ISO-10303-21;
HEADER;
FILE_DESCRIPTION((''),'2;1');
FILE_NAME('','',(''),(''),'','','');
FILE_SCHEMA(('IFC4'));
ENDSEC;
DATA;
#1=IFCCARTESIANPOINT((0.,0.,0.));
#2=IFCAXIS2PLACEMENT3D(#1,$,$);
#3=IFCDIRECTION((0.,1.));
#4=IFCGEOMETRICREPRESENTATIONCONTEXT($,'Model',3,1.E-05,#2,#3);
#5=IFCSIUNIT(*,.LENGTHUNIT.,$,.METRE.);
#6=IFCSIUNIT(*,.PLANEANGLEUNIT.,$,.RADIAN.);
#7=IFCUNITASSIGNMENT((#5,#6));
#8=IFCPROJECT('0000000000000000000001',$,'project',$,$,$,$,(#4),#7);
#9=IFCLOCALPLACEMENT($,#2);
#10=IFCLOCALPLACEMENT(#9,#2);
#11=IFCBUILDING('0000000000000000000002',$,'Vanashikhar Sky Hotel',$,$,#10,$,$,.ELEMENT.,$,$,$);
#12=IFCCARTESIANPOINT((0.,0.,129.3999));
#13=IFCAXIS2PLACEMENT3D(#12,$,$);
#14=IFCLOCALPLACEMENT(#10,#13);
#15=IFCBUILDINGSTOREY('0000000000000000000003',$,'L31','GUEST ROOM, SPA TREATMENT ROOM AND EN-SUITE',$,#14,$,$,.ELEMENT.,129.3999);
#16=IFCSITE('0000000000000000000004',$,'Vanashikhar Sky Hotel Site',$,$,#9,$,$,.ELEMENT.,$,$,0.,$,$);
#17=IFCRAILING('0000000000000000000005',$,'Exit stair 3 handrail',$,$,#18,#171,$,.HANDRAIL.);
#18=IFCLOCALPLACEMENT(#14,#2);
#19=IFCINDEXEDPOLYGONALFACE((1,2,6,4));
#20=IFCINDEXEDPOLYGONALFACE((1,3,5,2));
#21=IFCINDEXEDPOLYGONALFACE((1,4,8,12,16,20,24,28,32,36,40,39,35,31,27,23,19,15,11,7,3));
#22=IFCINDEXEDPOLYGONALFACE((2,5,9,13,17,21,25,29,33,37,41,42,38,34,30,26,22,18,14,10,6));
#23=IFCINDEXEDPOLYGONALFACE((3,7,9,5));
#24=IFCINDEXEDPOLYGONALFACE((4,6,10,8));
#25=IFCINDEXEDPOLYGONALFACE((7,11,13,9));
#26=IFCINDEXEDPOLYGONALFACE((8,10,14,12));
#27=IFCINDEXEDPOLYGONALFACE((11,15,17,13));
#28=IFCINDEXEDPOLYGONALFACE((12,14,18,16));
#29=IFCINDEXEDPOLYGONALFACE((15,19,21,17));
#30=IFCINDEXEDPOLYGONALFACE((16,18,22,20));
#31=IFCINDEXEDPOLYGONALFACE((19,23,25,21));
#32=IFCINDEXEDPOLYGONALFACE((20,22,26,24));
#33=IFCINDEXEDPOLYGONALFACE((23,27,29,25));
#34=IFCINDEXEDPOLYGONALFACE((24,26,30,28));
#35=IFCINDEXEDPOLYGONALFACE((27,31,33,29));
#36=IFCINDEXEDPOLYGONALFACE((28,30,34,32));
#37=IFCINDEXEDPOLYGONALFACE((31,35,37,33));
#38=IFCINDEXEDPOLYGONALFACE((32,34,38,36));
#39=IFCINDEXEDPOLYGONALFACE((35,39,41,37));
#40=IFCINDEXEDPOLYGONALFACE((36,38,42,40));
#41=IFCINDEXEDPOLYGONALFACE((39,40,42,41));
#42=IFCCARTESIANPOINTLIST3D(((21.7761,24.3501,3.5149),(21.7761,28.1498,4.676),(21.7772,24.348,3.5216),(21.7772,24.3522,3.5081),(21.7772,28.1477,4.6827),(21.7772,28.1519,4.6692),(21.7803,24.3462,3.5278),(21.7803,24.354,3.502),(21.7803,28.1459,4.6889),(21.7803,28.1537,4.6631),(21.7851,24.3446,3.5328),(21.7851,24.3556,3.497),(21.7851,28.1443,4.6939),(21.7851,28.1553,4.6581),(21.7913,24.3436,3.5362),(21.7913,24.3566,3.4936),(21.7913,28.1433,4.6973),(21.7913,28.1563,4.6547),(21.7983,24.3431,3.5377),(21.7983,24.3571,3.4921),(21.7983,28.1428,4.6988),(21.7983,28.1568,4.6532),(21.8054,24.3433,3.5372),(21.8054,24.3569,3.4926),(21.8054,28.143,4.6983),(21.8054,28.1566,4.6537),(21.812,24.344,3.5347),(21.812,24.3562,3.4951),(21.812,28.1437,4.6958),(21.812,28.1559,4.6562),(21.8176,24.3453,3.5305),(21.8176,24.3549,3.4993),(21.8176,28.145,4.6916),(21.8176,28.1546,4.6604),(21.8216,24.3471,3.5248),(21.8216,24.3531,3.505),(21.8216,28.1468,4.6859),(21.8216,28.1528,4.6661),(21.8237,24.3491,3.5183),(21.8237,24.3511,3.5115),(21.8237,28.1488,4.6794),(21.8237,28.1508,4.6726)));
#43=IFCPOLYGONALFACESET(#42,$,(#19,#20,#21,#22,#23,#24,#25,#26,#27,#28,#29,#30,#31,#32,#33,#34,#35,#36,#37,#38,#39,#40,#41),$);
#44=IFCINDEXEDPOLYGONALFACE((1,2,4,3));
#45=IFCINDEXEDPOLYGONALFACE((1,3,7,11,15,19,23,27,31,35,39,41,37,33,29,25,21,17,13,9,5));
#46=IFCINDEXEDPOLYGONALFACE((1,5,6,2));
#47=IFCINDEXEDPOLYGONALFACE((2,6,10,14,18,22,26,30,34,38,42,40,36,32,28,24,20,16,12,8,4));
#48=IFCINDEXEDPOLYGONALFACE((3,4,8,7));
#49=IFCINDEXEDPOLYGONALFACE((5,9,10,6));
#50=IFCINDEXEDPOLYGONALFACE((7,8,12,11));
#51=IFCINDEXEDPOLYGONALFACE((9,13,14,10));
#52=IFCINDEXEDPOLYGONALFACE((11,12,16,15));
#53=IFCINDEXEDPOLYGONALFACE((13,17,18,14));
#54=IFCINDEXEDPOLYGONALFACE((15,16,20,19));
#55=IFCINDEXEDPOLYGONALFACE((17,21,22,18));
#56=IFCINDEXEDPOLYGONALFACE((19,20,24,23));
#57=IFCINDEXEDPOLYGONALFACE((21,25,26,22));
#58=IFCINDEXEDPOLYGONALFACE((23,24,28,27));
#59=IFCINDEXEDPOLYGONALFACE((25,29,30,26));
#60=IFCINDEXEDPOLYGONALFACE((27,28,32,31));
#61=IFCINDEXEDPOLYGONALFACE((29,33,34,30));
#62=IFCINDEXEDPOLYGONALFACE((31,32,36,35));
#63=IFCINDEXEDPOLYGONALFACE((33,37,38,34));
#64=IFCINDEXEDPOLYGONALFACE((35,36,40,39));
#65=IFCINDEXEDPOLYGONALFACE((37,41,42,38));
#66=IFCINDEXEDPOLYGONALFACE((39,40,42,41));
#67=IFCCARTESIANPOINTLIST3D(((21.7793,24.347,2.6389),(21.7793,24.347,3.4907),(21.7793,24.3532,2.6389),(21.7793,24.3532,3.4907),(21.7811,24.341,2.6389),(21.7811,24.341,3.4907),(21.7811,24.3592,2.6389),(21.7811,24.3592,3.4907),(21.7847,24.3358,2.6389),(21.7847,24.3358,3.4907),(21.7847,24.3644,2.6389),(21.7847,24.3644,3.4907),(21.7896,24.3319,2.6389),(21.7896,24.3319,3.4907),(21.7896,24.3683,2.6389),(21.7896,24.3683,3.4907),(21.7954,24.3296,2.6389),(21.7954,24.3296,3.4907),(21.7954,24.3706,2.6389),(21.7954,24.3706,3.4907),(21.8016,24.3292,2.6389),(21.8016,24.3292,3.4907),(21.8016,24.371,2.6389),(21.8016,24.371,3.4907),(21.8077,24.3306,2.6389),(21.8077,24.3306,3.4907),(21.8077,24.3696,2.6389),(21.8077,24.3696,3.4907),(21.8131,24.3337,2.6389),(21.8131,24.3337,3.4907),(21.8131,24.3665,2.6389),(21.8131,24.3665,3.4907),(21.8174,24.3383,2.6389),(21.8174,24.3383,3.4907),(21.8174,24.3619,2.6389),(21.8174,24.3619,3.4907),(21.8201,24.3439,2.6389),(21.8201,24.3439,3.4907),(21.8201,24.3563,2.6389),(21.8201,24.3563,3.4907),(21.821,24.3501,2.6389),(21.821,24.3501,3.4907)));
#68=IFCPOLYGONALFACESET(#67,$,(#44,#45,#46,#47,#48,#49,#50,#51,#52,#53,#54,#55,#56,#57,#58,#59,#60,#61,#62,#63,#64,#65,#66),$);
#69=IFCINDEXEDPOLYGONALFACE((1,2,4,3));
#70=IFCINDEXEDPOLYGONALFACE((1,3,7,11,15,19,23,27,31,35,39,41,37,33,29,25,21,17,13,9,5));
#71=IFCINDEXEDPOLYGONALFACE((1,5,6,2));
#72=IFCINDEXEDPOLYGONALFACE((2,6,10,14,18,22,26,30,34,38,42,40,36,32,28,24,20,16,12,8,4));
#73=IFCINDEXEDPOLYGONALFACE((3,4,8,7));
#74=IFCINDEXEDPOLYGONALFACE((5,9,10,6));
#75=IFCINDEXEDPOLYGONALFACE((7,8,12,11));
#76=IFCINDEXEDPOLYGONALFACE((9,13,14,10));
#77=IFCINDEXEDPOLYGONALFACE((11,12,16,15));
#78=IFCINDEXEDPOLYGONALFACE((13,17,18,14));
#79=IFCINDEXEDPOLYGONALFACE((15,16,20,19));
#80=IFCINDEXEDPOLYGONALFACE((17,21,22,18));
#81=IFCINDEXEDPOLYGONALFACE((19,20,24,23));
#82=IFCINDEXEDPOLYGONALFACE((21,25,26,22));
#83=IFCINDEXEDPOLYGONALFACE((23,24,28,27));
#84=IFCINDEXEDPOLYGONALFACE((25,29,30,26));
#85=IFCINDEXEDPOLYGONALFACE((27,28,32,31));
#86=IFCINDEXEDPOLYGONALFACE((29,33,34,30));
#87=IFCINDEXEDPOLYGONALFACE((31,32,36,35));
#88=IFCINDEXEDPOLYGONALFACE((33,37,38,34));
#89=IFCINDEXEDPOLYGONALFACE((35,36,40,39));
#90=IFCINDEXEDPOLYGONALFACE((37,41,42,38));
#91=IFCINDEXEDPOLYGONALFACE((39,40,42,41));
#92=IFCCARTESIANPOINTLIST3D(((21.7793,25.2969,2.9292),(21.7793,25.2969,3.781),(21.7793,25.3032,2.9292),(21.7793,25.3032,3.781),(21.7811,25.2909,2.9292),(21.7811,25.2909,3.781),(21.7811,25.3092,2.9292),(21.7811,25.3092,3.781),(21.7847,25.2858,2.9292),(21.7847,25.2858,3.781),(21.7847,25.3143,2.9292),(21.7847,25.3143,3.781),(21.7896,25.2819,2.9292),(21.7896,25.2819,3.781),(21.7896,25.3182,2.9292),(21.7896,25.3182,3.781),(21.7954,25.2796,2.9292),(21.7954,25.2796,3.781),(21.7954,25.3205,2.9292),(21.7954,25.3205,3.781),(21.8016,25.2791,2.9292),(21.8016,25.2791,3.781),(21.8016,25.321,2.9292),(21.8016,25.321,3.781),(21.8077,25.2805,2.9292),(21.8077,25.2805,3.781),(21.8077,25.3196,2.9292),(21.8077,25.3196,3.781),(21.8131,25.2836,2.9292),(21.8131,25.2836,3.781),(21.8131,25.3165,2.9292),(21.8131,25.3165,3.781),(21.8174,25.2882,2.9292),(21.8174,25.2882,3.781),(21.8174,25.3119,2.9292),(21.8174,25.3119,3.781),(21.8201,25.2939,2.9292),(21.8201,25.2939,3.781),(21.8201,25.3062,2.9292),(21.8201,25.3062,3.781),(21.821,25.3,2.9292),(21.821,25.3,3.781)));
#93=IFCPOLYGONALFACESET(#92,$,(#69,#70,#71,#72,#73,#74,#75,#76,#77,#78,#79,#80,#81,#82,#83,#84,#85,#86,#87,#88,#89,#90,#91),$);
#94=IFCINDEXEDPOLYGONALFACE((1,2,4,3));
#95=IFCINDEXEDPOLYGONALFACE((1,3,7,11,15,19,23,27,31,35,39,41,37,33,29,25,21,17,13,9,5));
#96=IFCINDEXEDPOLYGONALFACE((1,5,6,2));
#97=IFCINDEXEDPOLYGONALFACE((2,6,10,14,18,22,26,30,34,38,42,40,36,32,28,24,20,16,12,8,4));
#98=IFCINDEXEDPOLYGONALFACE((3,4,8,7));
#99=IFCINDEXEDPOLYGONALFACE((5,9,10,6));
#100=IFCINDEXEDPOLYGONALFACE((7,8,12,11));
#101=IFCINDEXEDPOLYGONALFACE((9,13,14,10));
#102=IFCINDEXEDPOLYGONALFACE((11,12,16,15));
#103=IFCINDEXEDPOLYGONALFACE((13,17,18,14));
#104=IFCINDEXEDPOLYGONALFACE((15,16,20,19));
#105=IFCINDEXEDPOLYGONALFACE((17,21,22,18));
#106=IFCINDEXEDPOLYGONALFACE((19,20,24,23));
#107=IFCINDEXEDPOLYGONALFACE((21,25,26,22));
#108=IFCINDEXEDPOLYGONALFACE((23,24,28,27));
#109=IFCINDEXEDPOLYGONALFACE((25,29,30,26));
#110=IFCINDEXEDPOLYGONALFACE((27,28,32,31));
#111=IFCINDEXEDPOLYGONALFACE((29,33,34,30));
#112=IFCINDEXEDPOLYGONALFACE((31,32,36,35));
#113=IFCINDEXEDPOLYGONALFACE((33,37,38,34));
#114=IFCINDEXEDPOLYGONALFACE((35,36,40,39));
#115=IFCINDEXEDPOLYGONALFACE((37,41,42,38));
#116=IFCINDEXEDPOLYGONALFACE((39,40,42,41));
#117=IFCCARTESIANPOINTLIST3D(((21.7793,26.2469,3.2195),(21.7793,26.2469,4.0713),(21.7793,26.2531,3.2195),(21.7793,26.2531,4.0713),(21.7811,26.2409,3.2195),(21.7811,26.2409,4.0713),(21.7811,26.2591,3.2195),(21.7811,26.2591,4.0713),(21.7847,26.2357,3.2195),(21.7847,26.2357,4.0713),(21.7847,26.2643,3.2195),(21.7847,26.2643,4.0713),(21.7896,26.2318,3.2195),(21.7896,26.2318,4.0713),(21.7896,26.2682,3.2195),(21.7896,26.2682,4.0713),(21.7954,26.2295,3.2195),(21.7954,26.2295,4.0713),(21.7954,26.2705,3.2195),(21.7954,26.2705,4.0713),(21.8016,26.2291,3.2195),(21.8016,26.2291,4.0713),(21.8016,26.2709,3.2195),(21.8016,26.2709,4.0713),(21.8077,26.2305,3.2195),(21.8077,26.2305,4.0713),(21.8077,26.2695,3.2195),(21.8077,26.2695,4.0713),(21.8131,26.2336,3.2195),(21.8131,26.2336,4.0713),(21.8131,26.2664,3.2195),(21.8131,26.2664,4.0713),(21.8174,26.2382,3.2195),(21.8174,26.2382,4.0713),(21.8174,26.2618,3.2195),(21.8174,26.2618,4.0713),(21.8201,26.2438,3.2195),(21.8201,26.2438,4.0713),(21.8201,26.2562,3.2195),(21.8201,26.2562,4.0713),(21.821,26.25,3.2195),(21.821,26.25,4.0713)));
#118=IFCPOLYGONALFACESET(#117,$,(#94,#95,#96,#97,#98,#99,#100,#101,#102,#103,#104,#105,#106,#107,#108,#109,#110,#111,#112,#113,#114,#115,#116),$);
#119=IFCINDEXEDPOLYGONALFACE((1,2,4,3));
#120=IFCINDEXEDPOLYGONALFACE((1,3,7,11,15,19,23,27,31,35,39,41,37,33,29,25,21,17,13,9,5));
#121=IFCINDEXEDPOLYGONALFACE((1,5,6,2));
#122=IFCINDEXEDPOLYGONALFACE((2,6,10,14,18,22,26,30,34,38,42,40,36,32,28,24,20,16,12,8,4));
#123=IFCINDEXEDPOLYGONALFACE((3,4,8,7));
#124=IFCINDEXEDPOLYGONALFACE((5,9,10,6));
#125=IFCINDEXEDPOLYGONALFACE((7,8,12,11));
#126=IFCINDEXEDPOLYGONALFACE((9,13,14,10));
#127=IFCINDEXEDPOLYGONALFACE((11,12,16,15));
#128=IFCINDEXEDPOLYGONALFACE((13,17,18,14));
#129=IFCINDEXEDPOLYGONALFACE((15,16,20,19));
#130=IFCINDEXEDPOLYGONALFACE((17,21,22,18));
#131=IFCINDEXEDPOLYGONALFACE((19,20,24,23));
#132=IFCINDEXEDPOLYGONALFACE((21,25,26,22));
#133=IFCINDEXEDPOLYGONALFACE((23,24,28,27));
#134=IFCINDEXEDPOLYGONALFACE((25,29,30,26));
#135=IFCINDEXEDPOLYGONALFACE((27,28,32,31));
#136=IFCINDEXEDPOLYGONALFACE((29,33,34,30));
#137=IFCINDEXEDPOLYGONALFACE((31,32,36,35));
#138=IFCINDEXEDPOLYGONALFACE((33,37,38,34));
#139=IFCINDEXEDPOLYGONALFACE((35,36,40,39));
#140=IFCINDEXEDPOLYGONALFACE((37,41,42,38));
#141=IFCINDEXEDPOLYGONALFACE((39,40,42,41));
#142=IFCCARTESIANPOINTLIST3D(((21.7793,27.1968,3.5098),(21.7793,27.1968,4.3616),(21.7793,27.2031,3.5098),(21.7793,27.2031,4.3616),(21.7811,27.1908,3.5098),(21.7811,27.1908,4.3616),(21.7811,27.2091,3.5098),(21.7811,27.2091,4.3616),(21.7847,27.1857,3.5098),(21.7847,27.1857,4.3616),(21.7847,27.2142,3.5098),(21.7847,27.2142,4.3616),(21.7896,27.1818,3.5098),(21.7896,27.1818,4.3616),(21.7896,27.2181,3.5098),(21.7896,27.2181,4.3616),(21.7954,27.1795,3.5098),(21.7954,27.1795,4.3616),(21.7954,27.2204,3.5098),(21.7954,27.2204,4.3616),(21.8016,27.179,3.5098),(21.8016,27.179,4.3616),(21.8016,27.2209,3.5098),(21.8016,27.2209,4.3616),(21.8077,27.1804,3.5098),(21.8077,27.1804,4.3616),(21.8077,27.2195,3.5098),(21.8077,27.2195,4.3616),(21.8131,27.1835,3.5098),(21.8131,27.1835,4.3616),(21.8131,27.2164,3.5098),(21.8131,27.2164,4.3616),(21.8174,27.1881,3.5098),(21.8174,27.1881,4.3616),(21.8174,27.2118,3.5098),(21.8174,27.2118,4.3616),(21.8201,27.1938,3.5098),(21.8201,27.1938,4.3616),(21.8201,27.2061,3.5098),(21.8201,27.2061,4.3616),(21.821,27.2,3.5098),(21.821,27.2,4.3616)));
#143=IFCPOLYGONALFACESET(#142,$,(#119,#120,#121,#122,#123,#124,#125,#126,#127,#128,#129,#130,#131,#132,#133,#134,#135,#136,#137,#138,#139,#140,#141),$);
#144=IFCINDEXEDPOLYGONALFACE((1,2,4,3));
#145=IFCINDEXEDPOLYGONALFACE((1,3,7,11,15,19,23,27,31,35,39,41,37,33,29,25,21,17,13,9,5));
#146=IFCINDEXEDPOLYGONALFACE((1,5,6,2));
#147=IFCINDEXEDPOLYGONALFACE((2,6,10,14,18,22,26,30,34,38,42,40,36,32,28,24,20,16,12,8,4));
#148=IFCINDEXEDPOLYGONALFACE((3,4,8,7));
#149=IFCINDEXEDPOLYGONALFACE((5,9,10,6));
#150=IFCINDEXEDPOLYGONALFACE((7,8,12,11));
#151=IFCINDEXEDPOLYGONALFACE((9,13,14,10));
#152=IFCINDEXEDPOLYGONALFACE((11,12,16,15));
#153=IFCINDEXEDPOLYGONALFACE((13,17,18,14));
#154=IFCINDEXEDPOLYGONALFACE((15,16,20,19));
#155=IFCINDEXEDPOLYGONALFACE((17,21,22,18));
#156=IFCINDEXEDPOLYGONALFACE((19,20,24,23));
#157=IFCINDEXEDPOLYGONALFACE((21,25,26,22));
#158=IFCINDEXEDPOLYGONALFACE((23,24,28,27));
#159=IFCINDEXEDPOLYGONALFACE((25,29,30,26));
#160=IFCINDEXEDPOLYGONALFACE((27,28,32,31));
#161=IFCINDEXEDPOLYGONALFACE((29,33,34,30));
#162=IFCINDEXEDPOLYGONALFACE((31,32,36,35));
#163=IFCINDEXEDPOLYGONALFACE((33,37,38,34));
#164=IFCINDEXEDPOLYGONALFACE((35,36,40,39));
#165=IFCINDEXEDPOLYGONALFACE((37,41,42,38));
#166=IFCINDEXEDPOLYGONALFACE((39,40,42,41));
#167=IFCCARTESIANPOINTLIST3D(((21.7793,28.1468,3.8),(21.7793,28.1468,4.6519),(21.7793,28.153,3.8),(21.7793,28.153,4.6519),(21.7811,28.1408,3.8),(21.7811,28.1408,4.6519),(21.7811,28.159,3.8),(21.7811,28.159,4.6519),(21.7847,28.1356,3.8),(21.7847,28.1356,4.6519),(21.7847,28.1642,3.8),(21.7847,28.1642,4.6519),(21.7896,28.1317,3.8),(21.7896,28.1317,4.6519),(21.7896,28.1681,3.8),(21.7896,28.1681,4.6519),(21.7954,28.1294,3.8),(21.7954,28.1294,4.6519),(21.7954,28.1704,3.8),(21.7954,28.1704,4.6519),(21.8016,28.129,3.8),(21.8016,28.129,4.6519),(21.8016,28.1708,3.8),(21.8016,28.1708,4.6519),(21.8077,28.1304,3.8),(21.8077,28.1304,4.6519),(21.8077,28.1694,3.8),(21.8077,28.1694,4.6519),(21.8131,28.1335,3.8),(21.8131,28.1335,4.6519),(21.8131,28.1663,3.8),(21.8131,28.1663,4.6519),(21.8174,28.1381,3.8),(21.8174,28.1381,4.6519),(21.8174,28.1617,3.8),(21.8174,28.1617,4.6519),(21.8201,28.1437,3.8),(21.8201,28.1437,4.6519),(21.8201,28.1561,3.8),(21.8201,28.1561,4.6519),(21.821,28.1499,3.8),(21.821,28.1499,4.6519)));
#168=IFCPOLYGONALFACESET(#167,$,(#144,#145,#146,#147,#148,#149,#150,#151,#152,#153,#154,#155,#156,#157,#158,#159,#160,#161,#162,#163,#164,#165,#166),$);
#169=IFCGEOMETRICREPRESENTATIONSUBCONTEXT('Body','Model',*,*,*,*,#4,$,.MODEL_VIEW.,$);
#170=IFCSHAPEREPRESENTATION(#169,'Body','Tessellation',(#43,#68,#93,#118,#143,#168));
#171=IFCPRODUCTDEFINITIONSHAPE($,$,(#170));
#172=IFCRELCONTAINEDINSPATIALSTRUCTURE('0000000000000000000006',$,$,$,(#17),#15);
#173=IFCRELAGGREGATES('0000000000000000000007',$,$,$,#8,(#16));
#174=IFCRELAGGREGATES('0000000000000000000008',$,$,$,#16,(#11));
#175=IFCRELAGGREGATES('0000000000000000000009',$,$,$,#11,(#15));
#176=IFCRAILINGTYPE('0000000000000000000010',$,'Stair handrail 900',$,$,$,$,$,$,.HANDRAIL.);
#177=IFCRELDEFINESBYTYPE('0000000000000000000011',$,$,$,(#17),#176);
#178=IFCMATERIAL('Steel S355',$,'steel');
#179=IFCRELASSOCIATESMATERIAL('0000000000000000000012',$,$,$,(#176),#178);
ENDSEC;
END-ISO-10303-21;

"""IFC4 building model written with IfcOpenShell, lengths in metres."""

from ifc_helpers import new_model, si_unit, direction, frame, origin, origin_2d, place, context, subcontext, project, spatial, circle, extrude, source, transform, mapped, material, type_object, element, save


model = new_model("IFC4")

# Units and contexts
model_context = context("Model", 3, precision=1e-05, world=origin(), true_north=direction((0.0, 1.0)))
body_context = subcontext(model_context, "Body", "Model", "MODEL_VIEW")
ifc_project = project(units=[si_unit("LENGTHUNIT", "METRE"), si_unit("PLANEANGLEUNIT", "RADIAN")], contexts=[model_context])

# Site, building, storey
site_placement = place(None, origin())
site = spatial("IfcSite", under=ifc_project, at=site_placement, Name="Vanashikhar Sky Hotel Site", CompositionType="ELEMENT", RefElevation=0.0)
building_placement = place(site_placement, origin())
building = spatial("IfcBuilding", under=site, at=building_placement, Name="Vanashikhar Sky Hotel", CompositionType="ELEMENT")
storey_placement = place(building_placement, frame((0.0, 0.0, 129.3999)))
storey = spatial("IfcBuildingStorey", under=building, at=storey_placement, Name="L31", Description="GUEST ROOM, SPA TREATMENT ROOM AND EN-SUITE", CompositionType="ELEMENT", Elevation=129.3999)

# Railing
ifc_material_1 = material(Name="Steel S355", Category="steel")
railing_type_1 = type_object("IfcRailingType", Name="Stair handrail 900", PredefinedType="HANDRAIL", material=ifc_material_1)
shared_shape_1 = source(origin(), body_context, "Body", "SweptSolid", [
    extrude(circle(Radius=0.0239, at=origin_2d()), frame((0.0, 0.0, 0.876), z_axis=(0.0, 0.956346, 0.292237), x_axis=(-1.0, 0.0, 0.0)), (0.0, 0.0, 1.0), 3.9731),
    extrude(circle(Radius=0.021, at=origin_2d()), origin(), (0.0, 0.0, 1.0), 0.8518),
    extrude(circle(Radius=0.021, at=origin_2d()), frame((0.0, 0.95, 0.2903)), (0.0, 0.0, 1.0), 0.8518),
    extrude(circle(Radius=0.021, at=origin_2d()), frame((0.0, 1.8999, 0.5806)), (0.0, 0.0, 1.0), 0.8518),
    extrude(circle(Radius=0.021, at=origin_2d()), frame((0.0, 2.8499, 0.8708)), (0.0, 0.0, 1.0), 0.8518),
    extrude(circle(Radius=0.021, at=origin_2d()), frame((0.0, 3.7998, 1.1611)), (0.0, 0.0, 1.0), 0.8518),
])
for number, where, name in (
    (1, (21.8, 24.3501, 2.6389), "Exit stair 3 handrail"),
):
    element("IfcRailing", number, at=place(storey_placement, frame(where)), inside=storey, type_object=railing_type_1, Name=name, PredefinedType="HANDRAIL", context=body_context, shape_type="MappedRepresentation", body=[
        mapped(shared_shape_1, transform((0.0, 0.0, 0.0), scale=1.0)),
    ])

save(model, "model.ifc")
